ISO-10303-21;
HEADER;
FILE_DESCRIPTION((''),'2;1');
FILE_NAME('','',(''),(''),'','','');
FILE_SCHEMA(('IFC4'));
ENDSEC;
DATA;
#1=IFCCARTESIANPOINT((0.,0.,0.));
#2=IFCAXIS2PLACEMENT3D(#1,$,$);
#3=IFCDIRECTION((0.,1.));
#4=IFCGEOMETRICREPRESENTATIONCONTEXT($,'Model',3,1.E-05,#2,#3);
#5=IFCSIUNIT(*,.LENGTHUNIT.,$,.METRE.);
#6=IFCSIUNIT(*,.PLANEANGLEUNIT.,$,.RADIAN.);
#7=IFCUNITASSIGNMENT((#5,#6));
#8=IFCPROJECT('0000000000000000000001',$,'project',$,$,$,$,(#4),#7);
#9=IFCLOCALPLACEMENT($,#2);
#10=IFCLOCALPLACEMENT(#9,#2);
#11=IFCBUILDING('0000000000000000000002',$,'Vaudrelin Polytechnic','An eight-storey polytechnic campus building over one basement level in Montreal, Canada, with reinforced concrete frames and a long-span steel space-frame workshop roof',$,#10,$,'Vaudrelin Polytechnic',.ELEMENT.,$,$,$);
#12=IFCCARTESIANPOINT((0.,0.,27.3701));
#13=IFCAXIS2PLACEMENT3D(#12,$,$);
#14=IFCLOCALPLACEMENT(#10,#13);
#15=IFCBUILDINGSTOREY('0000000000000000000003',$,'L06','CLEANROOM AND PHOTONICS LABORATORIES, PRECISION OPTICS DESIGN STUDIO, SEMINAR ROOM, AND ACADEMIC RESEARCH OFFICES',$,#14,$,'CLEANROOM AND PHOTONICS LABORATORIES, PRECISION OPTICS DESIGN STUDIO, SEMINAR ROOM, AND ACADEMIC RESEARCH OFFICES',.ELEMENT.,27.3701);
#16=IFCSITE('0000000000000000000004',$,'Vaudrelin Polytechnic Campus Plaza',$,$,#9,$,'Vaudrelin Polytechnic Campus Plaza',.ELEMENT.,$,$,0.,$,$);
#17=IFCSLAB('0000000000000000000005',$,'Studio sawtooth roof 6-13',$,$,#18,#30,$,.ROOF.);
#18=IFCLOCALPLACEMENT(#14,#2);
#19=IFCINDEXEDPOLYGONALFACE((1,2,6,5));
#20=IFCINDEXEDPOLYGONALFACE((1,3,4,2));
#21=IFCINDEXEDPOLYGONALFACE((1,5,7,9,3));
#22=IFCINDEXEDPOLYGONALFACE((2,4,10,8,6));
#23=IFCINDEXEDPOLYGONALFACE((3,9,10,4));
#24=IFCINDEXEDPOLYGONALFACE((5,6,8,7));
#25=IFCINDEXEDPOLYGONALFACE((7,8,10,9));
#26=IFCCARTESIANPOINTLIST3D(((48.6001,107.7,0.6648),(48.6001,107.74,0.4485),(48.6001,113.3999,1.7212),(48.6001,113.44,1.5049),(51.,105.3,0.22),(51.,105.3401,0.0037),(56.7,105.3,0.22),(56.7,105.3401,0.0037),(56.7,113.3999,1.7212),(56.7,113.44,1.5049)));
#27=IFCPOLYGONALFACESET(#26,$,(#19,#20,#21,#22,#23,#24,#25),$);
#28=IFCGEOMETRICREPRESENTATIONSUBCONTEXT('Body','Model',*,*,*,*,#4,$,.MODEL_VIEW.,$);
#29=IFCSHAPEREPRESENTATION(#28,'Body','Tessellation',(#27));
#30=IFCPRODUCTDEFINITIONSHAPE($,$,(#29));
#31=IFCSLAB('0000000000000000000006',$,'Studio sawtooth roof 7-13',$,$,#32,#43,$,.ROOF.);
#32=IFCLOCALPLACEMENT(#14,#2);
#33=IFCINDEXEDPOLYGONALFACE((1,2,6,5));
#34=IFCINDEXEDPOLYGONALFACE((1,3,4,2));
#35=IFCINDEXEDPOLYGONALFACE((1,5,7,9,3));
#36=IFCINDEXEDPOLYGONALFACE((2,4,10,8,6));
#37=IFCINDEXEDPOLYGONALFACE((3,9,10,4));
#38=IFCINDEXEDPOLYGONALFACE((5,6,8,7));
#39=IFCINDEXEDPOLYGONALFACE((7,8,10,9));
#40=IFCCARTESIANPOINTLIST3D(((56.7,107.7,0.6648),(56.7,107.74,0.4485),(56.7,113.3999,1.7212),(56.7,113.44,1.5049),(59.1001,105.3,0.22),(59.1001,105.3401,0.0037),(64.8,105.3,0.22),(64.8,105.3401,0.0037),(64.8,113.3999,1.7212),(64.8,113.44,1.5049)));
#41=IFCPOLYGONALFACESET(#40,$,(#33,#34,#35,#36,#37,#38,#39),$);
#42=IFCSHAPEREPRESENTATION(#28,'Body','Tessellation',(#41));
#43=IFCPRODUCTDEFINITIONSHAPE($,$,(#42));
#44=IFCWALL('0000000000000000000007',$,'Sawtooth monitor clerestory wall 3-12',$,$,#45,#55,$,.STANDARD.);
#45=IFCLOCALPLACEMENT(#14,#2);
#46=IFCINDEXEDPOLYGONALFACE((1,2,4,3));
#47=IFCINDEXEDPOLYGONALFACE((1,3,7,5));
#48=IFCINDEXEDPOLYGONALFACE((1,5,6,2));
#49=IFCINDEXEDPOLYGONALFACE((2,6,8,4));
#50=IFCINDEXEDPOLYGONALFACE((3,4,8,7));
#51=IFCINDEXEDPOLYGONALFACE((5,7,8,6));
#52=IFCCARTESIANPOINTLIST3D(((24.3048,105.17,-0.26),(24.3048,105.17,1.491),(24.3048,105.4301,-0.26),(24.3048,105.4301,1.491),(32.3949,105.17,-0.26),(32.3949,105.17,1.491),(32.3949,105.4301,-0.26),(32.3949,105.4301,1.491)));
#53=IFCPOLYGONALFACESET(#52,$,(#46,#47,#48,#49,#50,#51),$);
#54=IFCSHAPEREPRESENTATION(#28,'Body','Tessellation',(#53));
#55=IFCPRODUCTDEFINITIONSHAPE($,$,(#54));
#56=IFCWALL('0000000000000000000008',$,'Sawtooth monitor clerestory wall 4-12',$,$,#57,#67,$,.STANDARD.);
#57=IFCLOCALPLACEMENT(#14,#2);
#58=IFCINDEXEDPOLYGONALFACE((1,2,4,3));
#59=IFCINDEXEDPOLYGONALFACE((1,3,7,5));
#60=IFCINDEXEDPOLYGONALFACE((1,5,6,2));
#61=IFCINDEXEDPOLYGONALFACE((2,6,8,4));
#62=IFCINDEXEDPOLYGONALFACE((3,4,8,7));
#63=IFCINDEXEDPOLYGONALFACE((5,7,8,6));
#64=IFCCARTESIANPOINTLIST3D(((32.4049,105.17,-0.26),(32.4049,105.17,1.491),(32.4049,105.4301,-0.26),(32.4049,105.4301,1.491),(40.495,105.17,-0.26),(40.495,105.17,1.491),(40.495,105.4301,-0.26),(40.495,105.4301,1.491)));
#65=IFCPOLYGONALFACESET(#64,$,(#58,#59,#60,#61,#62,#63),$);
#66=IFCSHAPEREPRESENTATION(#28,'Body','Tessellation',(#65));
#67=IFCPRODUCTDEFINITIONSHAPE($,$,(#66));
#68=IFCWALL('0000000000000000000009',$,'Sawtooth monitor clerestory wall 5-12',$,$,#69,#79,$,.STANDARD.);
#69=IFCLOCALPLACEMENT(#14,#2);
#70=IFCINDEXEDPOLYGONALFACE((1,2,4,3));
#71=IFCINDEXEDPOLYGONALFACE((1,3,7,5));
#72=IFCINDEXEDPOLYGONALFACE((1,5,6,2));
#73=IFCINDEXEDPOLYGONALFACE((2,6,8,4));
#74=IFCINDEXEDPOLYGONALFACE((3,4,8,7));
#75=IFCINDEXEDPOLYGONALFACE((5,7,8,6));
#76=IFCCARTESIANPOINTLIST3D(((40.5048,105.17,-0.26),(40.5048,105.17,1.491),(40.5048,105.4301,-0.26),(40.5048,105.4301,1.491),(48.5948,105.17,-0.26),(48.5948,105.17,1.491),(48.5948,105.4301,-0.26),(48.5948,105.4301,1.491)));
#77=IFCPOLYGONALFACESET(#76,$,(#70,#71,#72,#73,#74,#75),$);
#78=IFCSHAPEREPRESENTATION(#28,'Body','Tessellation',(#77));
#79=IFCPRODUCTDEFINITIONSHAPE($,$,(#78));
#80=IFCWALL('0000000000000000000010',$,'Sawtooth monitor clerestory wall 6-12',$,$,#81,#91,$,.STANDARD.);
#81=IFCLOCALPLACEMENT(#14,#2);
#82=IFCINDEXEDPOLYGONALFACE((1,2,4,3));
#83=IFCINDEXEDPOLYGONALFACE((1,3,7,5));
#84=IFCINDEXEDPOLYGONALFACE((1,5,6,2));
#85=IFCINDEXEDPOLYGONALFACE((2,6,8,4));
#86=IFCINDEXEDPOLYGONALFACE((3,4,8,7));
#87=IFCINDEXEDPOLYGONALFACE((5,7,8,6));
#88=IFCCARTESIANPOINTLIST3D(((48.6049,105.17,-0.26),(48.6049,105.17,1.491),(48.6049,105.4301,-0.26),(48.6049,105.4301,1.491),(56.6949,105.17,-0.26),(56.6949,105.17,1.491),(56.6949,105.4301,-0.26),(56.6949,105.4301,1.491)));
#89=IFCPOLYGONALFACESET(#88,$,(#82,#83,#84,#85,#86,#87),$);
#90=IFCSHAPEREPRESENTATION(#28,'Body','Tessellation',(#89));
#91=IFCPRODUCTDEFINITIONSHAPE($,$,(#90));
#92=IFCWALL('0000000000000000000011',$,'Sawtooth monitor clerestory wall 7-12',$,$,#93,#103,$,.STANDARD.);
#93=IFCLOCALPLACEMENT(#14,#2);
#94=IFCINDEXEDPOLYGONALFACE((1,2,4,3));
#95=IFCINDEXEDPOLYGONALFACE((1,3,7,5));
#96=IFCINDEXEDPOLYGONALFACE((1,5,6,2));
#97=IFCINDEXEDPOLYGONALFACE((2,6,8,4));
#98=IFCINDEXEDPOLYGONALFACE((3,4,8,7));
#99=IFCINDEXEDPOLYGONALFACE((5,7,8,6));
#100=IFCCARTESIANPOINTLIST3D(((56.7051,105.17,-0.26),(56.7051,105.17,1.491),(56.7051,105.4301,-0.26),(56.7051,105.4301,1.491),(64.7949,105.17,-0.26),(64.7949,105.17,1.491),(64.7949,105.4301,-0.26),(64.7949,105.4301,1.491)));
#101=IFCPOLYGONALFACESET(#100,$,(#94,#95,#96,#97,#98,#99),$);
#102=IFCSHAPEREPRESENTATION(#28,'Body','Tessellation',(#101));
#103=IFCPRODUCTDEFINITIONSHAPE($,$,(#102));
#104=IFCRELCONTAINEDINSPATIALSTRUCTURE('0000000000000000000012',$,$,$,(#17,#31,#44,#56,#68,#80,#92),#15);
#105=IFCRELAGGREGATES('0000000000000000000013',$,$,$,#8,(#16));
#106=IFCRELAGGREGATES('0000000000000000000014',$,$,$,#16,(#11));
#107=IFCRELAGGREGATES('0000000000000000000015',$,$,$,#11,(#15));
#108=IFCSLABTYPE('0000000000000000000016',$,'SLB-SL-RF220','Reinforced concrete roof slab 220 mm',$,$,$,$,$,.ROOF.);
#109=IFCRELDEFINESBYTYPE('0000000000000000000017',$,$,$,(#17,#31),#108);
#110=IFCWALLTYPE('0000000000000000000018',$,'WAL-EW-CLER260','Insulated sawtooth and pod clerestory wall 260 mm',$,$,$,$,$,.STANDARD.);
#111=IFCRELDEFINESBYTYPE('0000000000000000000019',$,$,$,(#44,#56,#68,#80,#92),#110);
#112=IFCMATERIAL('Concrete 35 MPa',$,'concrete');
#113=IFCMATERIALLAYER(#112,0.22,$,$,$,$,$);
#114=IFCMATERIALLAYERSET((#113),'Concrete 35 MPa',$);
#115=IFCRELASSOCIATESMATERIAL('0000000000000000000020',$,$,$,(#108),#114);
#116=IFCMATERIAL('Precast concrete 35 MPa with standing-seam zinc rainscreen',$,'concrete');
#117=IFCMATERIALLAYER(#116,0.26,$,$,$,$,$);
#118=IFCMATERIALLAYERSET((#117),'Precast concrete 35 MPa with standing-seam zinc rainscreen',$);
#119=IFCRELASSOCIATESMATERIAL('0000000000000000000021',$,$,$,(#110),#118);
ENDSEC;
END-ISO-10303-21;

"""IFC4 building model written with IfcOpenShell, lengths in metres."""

from ifc_helpers import new_model, si_unit, direction, frame, frame_2d, origin, place, context, subcontext, project, spatial, polyline, rectangle, outline, extrude, material, layer, layer_set, type_object, element, save


model = new_model("IFC4")

# Units and contexts
model_context = context("Model", 3, precision=1e-05, world=origin(), true_north=direction((0.0, 1.0)))
body_context = subcontext(model_context, "Body", "Model", "MODEL_VIEW")
ifc_project = project(units=[si_unit("LENGTHUNIT", "METRE"), si_unit("PLANEANGLEUNIT", "RADIAN")], contexts=[model_context])

# Site, building, storey
site_placement = place(None, origin())
site = spatial("IfcSite", under=ifc_project, at=site_placement, Name="Vaudrelin Polytechnic Campus Plaza", LongName="Vaudrelin Polytechnic Campus Plaza", CompositionType="ELEMENT", RefElevation=0.0)
building_placement = place(site_placement, origin())
building = spatial("IfcBuilding", under=site, at=building_placement, Name="Vaudrelin Polytechnic", Description="An eight-storey polytechnic campus building over one basement level in Montreal, Canada, with reinforced concrete frames and a long-span steel space-frame workshop roof", LongName="Vaudrelin Polytechnic", CompositionType="ELEMENT")
storey_placement = place(building_placement, frame((0.0, 0.0, 27.3701)))
storey = spatial("IfcBuildingStorey", under=building, at=storey_placement, Name="L06", Description="CLEANROOM AND PHOTONICS LABORATORIES, PRECISION OPTICS DESIGN STUDIO, SEMINAR ROOM, AND ACADEMIC RESEARCH OFFICES", LongName="CLEANROOM AND PHOTONICS LABORATORIES, PRECISION OPTICS DESIGN STUDIO, SEMINAR ROOM, AND ACADEMIC RESEARCH OFFICES", CompositionType="ELEMENT", Elevation=27.3701)

# Slabs
ifc_material_1 = material(Name="Concrete 35 MPa", Category="concrete")
ifc_layer_1 = layer(ifc_material_1, 0.22)
ifc_layer_set_1 = layer_set([ifc_layer_1], Name="Concrete 35 MPa")
slab_type = type_object("IfcSlabType", Name="SLB-SL-RF220", Description="Reinforced concrete roof slab 220 mm", PredefinedType="ROOF", material=ifc_layer_set_1)
slab_1_placement = place(storey_placement, frame((48.6001, 107.7, 0.6648), z_axis=(0.000002, -0.182235, 0.983255), x_axis=(0.701111, -0.701112, -0.129944)))
element("IfcSlab", 1, at=slab_1_placement, inside=storey, type_object=slab_type, Name="Studio sawtooth roof 6-13", PredefinedType="ROOF", context=body_context, shape_type="SweptSolid", body=[
    extrude(outline(polyline([(0.0, 0.0), (3.423, 0.0), (7.4193, 4.0644), (1.5453, 9.84), (-4.1336, 4.0644), (0.0, 0.0)])), origin(), (0.0, 0.0, -1.0), 0.22),
])
slab_2_placement = place(storey_placement, frame((56.7, 107.7, 0.6648), z_axis=(0.000002, -0.182235, 0.983255), x_axis=(0.701147, -0.701077, -0.129938)))
element("IfcSlab", 2, at=slab_2_placement, inside=storey, type_object=slab_type, Name="Studio sawtooth roof 7-13", PredefinedType="ROOF", context=body_context, shape_type="SweptSolid", body=[
    extrude(outline(polyline([(0.0, 0.0), (3.4232, 0.0), (7.4197, 4.0642), (1.546, 9.8401), (-4.1334, 4.0646), (0.0, 0.0)])), origin(), (0.0, 0.0, -1.0), 0.22),
])

# Walls
ifc_material_2 = material(Name="Precast concrete 35 MPa with standing-seam zinc rainscreen", Category="concrete")
ifc_layer_2 = layer(ifc_material_2, 0.26)
ifc_layer_set_2 = layer_set([ifc_layer_2], Name="Precast concrete 35 MPa with standing-seam zinc rainscreen")
wall_type = type_object("IfcWallType", Name="WAL-EW-CLER260", Description="Insulated sawtooth and pod clerestory wall 260 mm", PredefinedType="STANDARD", material=ifc_layer_set_2)
for number, where, z_axis, x_axis, name in (
    (3, (24.3049, 105.3, -0.26), (0.0, 0.0, 1.0), (1.0, 0.0, 0.0), "Sawtooth monitor clerestory wall 3-12"),
    (4, (32.405, 105.3, -0.26), (0.0, 0.0, 1.0), (1.0, 0.0, 0.0), "Sawtooth monitor clerestory wall 4-12"),
    (5, (40.5049, 105.3, -0.26), (0.0, 0.0, 1.0), (1.0, 0.0, 0.0), "Sawtooth monitor clerestory wall 5-12"),
    (6, (48.605, 105.3, -0.26), (0.0, 0.0, 1.0), (1.0, 0.0, 0.0), "Sawtooth monitor clerestory wall 6-12"),
):
    element("IfcWall", number, at=place(storey_placement, frame(where, z_axis=z_axis, x_axis=x_axis)), inside=storey, type_object=wall_type, Name=name, PredefinedType="STANDARD", context=body_context, shape_type="SweptSolid", body=[
        extrude(rectangle(XDim=8.0901, YDim=0.26, at=frame_2d((4.0449, 0.0))), origin(), (0.0, 0.0, 1.0), 1.751),
    ])
wall_placement = place(storey_placement, frame((56.7051, 105.3, -0.26), z_axis=(0.0, 0.0, 1.0), x_axis=(1.0, 0.0, 0.0)))
element("IfcWall", 7, at=wall_placement, inside=storey, type_object=wall_type, Name="Sawtooth monitor clerestory wall 7-12", PredefinedType="STANDARD", context=body_context, shape_type="SweptSolid", body=[
    extrude(rectangle(XDim=8.0898, YDim=0.26, at=frame_2d((4.0449, 0.0))), origin(), (0.0, 0.0, 1.0), 1.751),
])

save(model, "model.ifc")
